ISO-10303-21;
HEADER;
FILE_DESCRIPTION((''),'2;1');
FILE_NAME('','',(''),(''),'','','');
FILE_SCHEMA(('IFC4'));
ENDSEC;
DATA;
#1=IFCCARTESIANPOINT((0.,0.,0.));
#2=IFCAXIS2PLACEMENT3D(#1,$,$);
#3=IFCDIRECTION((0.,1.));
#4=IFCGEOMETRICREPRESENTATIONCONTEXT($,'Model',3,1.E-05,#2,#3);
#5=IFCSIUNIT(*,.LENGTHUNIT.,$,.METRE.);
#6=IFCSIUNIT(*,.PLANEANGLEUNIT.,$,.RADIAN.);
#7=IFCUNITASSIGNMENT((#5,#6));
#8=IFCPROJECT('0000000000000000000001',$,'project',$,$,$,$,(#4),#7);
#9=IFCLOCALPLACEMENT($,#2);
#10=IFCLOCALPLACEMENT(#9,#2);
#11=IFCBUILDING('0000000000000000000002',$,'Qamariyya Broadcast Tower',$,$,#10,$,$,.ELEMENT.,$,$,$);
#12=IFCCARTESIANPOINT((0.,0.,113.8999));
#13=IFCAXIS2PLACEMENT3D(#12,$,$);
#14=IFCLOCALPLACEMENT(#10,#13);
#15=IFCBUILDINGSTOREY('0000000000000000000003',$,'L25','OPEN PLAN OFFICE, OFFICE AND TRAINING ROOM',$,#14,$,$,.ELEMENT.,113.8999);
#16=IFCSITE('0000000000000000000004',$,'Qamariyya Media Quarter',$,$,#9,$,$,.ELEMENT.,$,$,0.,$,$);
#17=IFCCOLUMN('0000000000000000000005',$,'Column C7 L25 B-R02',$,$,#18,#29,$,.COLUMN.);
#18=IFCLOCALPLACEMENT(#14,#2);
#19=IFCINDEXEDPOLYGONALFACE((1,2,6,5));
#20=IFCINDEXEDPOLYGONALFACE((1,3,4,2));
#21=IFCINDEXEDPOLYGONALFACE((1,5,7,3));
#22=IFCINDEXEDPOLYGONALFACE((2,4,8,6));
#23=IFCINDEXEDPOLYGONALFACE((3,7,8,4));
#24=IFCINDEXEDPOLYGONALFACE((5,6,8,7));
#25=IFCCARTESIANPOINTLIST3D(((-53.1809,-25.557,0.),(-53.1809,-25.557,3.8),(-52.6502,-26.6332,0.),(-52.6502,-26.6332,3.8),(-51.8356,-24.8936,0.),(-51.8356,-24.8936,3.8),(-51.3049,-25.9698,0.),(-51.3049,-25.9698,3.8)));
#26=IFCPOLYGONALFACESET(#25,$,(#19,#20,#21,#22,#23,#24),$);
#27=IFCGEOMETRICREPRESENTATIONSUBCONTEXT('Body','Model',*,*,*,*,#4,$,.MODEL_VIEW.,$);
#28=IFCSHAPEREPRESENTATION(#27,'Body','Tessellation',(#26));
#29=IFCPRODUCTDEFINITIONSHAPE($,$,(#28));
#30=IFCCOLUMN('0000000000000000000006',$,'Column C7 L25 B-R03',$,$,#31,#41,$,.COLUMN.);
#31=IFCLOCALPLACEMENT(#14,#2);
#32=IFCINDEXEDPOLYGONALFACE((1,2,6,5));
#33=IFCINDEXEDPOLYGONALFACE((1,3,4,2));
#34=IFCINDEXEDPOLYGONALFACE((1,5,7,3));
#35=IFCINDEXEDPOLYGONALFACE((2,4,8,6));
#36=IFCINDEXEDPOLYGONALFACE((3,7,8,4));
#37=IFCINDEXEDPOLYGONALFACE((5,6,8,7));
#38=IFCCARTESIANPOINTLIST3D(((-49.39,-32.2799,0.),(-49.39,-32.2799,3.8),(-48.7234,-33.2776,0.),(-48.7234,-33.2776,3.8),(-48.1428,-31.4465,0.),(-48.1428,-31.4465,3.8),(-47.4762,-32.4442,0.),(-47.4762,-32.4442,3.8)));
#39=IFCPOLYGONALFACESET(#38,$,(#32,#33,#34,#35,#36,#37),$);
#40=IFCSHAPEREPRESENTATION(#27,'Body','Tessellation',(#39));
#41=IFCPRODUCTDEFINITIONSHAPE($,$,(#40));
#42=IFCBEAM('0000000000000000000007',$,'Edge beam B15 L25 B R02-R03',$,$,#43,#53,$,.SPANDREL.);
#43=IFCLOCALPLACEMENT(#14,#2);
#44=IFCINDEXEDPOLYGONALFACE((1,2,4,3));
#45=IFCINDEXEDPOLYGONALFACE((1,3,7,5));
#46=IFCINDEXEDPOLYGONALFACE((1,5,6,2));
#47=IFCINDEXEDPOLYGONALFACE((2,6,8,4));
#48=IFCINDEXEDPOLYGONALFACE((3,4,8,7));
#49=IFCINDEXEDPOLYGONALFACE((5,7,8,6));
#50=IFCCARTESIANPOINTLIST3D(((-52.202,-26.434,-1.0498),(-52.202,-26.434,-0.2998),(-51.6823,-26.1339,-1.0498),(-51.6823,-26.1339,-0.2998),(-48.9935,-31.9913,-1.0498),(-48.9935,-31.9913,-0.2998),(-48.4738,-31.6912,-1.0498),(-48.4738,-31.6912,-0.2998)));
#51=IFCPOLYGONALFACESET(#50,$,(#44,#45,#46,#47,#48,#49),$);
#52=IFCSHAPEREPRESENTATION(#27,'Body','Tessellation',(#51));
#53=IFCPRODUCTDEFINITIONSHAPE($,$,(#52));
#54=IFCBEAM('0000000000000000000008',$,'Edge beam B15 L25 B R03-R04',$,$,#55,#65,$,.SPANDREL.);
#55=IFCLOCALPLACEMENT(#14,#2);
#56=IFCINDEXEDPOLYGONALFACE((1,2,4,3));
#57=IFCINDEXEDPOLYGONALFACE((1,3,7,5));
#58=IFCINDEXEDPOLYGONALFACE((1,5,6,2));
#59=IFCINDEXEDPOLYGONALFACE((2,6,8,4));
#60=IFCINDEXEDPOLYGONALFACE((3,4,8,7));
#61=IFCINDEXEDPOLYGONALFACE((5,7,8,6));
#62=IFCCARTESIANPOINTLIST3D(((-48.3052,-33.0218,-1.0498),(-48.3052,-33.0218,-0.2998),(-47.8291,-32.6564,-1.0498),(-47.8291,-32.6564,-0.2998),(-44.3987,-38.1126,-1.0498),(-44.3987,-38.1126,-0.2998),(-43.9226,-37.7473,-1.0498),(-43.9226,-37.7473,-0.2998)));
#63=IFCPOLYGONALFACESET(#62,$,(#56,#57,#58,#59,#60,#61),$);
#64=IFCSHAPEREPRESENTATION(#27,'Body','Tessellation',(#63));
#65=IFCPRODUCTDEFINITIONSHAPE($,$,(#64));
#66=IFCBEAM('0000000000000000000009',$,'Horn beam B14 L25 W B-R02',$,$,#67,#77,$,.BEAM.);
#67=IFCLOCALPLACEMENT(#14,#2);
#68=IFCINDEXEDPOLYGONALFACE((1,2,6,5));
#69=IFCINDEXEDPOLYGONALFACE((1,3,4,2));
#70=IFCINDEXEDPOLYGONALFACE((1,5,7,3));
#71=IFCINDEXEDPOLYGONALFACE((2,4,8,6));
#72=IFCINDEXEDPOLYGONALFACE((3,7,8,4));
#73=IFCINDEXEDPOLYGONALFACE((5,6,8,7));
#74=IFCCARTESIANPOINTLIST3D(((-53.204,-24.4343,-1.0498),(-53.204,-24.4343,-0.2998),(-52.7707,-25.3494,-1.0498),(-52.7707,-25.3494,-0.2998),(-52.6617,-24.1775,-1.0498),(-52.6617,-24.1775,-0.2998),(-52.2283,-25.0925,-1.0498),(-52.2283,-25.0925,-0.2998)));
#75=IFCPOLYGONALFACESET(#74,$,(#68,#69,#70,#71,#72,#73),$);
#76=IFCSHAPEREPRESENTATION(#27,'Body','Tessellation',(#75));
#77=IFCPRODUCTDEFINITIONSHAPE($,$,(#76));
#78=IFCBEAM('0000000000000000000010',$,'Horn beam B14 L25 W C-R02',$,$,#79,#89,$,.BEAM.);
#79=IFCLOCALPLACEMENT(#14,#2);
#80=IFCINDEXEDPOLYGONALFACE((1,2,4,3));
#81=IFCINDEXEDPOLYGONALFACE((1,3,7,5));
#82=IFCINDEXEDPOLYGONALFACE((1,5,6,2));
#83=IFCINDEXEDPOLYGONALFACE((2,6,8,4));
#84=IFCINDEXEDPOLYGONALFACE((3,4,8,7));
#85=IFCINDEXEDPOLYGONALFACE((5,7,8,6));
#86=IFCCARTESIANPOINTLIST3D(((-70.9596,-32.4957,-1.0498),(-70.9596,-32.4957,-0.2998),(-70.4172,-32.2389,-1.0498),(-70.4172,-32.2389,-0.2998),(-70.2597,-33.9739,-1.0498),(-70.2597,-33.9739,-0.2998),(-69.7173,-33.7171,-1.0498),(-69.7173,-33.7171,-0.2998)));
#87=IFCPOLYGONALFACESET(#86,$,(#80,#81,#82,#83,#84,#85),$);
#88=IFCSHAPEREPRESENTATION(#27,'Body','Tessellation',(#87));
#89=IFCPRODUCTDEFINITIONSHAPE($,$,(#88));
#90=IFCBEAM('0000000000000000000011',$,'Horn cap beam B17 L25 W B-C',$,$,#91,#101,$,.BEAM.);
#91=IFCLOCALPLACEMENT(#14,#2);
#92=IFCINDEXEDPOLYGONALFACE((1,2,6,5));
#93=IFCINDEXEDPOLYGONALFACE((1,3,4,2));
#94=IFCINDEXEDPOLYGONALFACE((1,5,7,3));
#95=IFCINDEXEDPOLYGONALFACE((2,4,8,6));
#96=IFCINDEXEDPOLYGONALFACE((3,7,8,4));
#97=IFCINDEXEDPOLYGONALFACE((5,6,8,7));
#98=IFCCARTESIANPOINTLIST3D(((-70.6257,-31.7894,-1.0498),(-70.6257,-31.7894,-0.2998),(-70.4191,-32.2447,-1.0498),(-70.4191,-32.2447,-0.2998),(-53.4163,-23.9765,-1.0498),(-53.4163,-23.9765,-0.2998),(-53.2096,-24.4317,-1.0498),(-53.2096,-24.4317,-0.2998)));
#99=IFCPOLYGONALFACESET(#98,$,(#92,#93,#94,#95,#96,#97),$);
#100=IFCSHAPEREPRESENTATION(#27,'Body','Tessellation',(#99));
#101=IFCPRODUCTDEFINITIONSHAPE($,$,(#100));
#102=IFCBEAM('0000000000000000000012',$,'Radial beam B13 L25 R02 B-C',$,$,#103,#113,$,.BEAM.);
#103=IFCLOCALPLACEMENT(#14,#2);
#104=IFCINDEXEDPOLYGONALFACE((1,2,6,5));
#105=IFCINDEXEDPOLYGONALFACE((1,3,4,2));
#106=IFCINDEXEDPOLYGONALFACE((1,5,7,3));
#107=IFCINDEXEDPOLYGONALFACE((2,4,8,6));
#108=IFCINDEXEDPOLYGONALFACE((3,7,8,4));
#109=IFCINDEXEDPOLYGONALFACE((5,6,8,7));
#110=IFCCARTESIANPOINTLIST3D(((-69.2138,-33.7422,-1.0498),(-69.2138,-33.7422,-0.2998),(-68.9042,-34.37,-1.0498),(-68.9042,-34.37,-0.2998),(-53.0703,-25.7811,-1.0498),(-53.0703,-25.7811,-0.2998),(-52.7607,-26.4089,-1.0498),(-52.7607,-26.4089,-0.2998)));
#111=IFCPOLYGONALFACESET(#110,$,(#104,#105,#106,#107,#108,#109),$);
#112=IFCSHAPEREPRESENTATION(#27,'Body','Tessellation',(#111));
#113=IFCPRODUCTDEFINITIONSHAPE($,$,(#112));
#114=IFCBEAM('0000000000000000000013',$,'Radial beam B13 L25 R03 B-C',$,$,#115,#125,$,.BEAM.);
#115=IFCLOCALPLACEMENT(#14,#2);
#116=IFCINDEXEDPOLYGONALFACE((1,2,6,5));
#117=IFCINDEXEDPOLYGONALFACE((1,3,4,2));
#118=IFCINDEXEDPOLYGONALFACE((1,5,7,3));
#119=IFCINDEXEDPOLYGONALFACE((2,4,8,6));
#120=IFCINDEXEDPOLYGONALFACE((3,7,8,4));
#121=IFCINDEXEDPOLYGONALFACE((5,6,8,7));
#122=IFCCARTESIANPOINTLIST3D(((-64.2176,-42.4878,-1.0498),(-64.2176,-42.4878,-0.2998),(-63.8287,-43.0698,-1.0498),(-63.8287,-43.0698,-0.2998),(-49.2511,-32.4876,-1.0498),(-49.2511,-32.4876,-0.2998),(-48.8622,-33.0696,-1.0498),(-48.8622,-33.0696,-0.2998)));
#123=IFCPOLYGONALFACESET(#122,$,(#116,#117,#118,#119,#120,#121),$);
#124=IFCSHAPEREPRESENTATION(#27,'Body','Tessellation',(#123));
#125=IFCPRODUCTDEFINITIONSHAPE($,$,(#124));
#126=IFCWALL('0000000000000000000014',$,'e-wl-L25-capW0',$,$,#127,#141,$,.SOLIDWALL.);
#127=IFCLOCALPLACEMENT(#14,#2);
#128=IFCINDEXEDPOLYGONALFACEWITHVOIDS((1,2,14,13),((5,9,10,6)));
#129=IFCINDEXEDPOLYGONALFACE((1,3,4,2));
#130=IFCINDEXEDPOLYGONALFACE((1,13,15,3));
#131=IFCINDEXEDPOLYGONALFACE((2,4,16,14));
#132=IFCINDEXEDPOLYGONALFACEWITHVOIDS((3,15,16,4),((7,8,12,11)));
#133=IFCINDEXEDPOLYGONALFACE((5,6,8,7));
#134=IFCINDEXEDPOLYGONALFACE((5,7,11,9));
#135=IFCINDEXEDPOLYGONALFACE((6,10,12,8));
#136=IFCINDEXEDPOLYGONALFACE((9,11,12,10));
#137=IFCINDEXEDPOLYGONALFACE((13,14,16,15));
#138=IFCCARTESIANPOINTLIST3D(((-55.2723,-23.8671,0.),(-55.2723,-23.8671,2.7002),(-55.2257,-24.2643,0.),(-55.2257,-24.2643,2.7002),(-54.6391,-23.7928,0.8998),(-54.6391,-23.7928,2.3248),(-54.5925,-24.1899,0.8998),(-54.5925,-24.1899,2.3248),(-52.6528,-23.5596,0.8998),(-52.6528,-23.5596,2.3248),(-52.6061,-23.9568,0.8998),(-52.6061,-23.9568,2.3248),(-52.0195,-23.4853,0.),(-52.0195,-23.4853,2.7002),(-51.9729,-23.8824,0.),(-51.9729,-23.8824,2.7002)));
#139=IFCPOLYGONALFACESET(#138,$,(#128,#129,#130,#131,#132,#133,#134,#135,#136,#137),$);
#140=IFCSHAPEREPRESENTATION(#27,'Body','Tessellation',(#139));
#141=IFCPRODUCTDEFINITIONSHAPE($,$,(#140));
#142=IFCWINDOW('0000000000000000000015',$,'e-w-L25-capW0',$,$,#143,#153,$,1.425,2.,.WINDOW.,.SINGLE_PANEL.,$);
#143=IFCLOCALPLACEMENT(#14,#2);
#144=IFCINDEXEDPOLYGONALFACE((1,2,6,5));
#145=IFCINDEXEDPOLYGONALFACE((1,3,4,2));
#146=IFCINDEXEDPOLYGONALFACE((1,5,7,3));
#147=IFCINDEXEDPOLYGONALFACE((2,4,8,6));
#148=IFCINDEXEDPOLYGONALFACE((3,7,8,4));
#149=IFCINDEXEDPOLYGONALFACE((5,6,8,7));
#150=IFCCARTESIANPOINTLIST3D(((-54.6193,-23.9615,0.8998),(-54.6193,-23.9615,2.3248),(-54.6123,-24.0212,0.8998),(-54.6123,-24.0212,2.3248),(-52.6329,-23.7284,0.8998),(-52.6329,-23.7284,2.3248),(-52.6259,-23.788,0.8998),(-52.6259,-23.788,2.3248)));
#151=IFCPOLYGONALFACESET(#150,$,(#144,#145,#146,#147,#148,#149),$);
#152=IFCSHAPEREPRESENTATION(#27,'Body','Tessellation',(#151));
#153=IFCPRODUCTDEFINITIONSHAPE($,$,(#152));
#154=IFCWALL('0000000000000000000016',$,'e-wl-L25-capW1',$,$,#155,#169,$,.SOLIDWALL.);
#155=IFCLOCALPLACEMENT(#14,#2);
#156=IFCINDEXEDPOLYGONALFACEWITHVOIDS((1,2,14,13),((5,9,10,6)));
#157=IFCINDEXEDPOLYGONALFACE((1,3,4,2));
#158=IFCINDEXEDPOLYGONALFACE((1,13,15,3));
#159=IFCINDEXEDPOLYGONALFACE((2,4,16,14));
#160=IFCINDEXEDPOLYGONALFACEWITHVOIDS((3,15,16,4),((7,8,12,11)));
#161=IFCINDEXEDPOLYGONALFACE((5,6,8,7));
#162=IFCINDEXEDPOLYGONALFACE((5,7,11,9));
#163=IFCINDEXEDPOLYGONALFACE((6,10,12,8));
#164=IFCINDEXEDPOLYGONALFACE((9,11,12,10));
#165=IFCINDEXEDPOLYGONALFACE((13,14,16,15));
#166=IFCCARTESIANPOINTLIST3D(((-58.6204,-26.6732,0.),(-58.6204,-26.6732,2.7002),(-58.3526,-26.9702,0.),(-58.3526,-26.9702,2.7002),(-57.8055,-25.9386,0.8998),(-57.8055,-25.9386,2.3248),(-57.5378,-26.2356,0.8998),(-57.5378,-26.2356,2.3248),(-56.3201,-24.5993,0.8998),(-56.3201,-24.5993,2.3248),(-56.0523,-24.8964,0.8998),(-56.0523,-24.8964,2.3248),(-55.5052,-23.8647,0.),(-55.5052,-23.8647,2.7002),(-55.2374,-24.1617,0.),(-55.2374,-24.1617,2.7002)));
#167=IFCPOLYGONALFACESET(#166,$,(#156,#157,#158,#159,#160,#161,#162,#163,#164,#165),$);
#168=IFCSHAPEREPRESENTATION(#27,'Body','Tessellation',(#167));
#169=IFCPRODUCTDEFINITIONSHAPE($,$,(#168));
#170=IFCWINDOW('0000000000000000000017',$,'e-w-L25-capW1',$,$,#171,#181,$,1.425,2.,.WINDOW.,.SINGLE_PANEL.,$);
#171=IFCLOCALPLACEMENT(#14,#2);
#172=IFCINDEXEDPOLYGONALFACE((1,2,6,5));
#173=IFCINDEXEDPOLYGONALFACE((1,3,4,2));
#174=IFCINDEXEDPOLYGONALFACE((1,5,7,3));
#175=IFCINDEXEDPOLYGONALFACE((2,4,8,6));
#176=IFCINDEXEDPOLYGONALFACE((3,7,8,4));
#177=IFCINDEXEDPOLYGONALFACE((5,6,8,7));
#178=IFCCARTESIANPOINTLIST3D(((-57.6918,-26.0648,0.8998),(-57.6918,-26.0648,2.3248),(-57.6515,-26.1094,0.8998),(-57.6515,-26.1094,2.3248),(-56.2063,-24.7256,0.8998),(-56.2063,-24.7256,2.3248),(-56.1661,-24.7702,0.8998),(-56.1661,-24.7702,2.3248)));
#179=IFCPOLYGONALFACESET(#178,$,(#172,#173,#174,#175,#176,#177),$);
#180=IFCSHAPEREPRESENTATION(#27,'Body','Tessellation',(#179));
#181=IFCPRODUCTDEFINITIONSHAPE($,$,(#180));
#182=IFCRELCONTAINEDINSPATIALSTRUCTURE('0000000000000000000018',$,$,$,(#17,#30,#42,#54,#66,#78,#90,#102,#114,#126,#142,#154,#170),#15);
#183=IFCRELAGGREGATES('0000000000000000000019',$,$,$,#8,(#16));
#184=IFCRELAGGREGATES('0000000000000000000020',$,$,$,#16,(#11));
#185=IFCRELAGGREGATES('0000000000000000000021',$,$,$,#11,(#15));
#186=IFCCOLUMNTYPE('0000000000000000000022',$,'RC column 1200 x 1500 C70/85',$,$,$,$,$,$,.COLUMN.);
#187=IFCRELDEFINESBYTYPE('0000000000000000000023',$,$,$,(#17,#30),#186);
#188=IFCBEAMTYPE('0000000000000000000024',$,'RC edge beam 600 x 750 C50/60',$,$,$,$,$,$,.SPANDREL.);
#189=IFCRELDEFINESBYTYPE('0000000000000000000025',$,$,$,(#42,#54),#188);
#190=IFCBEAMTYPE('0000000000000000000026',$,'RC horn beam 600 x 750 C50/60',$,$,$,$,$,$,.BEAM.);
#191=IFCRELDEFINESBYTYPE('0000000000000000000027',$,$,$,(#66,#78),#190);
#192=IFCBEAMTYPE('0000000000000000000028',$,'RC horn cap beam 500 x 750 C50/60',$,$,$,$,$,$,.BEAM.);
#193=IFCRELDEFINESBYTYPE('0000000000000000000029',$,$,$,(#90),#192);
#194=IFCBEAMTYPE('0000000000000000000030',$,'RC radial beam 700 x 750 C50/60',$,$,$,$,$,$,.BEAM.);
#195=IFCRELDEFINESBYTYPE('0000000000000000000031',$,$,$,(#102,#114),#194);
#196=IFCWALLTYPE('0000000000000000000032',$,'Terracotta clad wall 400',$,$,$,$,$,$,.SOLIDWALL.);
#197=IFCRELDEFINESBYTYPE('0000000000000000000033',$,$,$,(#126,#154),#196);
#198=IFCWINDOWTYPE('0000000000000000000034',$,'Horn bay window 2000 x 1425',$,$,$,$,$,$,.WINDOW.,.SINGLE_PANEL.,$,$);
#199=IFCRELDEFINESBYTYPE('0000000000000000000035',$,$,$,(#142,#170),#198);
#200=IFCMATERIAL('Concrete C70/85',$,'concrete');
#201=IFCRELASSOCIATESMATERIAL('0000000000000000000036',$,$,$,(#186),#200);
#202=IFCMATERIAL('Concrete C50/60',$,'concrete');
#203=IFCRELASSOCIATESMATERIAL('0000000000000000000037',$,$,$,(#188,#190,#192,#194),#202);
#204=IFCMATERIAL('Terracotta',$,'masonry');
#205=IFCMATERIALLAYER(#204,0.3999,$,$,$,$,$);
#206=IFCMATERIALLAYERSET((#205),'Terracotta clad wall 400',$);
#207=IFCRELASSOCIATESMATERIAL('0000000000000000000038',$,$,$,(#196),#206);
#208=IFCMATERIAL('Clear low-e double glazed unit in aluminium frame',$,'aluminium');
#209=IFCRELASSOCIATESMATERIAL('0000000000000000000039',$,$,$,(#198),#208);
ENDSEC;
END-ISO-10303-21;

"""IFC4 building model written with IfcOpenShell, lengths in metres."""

from ifc_helpers import new_model, si_unit, direction, frame, frame_2d, origin, origin_2d, place, context, subcontext, project, spatial, rectangle, extrude, material, layer, layer_set, material_profile, profile_set, type_object, element, fill, save


model = new_model("IFC4")

# Units and contexts
model_context = context("Model", 3, precision=1e-05, world=origin(), true_north=direction((0.0, 1.0)))
body_context = subcontext(model_context, "Body", "Model", "MODEL_VIEW")
ifc_project = project(units=[si_unit("LENGTHUNIT", "METRE"), si_unit("PLANEANGLEUNIT", "RADIAN")], contexts=[model_context])

# Site, building, storey
site_placement = place(None, origin())
site = spatial("IfcSite", under=ifc_project, at=site_placement, Name="Qamariyya Media Quarter", CompositionType="ELEMENT", RefElevation=0.0)
building_placement = place(site_placement, origin())
building = spatial("IfcBuilding", under=site, at=building_placement, Name="Qamariyya Broadcast Tower", CompositionType="ELEMENT")
storey_placement = place(building_placement, frame((0.0, 0.0, 113.8999)))
storey = spatial("IfcBuildingStorey", under=building, at=storey_placement, Name="L25", Description="OPEN PLAN OFFICE, OFFICE AND TRAINING ROOM", CompositionType="ELEMENT", Elevation=113.8999)

# Columns
ifc_material_1 = material(Name="Concrete C70/85", Category="concrete")
ifc_material_profile_1 = material_profile(ifc_material_1, rectangle(XDim=1.2, YDim=1.5, at=origin_2d()))
ifc_profile_set_1 = profile_set([ifc_material_profile_1], Name="Concrete C70/85")
column_type = type_object("IfcColumnType", Name="RC column 1200 x 1500 C70/85", PredefinedType="COLUMN", material=ifc_profile_set_1)
for number, where, z_axis, x_axis, name in (
    (1, (-52.2429, -25.7634, 0.0), (0.0, 0.0, 1.0), (0.442289, -0.896873, 0.0), "Column C7 L25 B-R02"),
    (2, (-48.4331, -32.3621, 0.0), (0.0, 0.0, 1.0), (0.55557, -0.83147, 0.0), "Column C7 L25 B-R03"),
):
    element("IfcColumn", number, at=place(storey_placement, frame(where, z_axis=z_axis, x_axis=x_axis)), inside=storey, type_object=column_type, Name=name, PredefinedType="COLUMN", context=body_context, shape_type="SweptSolid", body=[
        extrude(rectangle(XDim=1.2, YDim=1.5, at=origin_2d()), origin(), (0.0, 0.0, 1.0), 3.8),
    ])

# Beams
ifc_material_2 = material(Name="Concrete C50/60", Category="concrete")
ifc_material_profile_2 = material_profile(ifc_material_2, rectangle(XDim=0.6001, YDim=0.75, at=origin_2d()))
ifc_profile_set_2 = profile_set([ifc_material_profile_2], Name="Concrete C50/60")
beam_type_1 = type_object("IfcBeamType", Name="RC edge beam 600 x 750 C50/60", PredefinedType="SPANDREL", material=ifc_profile_set_2)
for number, where, z_axis, x_axis, name in (
    (3, (-51.9421, -26.2839, -0.6748), (0.499994, -0.866029, 0.0), (0.866029, 0.499994, 0.0), "Edge beam B15 L25 B R02-R03"),
    (4, (-48.0671, -32.8391, -0.6748), (0.608778, -0.793341, 0.0), (0.793341, 0.608778, 0.0), "Edge beam B15 L25 B R03-R04"),
):
    element("IfcBeam", number, at=place(storey_placement, frame(where, z_axis=z_axis, x_axis=x_axis)), inside=storey, type_object=beam_type_1, Name=name, PredefinedType="SPANDREL", context=body_context, shape_type="SweptSolid", body=[
        extrude(rectangle(XDim=0.6001, YDim=0.75, at=origin_2d()), origin(), (0.0, 0.0, 1.0), 6.417),
    ])
ifc_material_profile_3 = material_profile(ifc_material_2, rectangle(XDim=0.6001, YDim=0.75, at=origin_2d()))
ifc_profile_set_3 = profile_set([ifc_material_profile_3], Name="Concrete C50/60")
beam_type_2 = type_object("IfcBeamType", Name="RC horn beam 600 x 750 C50/60", PredefinedType="BEAM", material=ifc_profile_set_3)
beam_1_placement = place(storey_placement, frame((-52.4995, -25.2209, -0.6748), z_axis=(-0.428014, 0.903772, 0.0), x_axis=(-0.903772, -0.428014, 0.0)))
element("IfcBeam", 5, at=beam_1_placement, inside=storey, type_object=beam_type_2, Name="Horn beam B14 L25 W B-R02", PredefinedType="BEAM", context=body_context, shape_type="SweptSolid", body=[
    extrude(rectangle(XDim=0.6001, YDim=0.75, at=origin_2d()), origin(), (0.0, 0.0, 1.0), 1.0125),
])
beam_2_placement = place(storey_placement, frame((-69.9885, -33.8455, -0.6748), z_axis=(-0.427945, 0.903805, 0.0), x_axis=(-0.903805, -0.427945, 0.0)))
element("IfcBeam", 6, at=beam_2_placement, inside=storey, type_object=beam_type_2, Name="Horn beam B14 L25 W C-R02", PredefinedType="BEAM", context=body_context, shape_type="SweptSolid", body=[
    extrude(rectangle(XDim=0.6001, YDim=0.75, at=origin_2d()), origin(), (0.0, 0.0, 1.0), 1.6355),
])
ifc_material_profile_4 = material_profile(ifc_material_2, rectangle(XDim=0.5, YDim=0.75, at=origin_2d()))
ifc_profile_set_4 = profile_set([ifc_material_profile_4], Name="Concrete C50/60")
beam_type_3 = type_object("IfcBeamType", Name="RC horn cap beam 500 x 750 C50/60", PredefinedType="BEAM", material=ifc_profile_set_4)
beam_3_placement = place(storey_placement, frame((-53.313, -24.2041, -0.6748), z_axis=(-0.910556, -0.413386, 0.0), x_axis=(0.413386, -0.910556, 0.0)))
element("IfcBeam", 7, at=beam_3_placement, inside=storey, type_object=beam_type_3, Name="Horn cap beam B17 L25 W B-C", PredefinedType="BEAM", context=body_context, shape_type="SweptSolid", body=[
    extrude(rectangle(XDim=0.5, YDim=0.75, at=origin_2d()), origin(), (0.0, 0.0, 1.0), 18.8999),
])
ifc_material_profile_5 = material_profile(ifc_material_2, rectangle(XDim=0.7, YDim=0.75, at=origin_2d()))
ifc_profile_set_5 = profile_set([ifc_material_profile_5], Name="Concrete C50/60")
beam_type_4 = type_object("IfcBeamType", Name="RC radial beam 700 x 750 C50/60", PredefinedType="BEAM", material=ifc_profile_set_5)
beam_4_placement = place(storey_placement, frame((-52.9155, -26.095, -0.6748), z_axis=(-0.896871, -0.442291, 0.0), x_axis=(0.442291, -0.896871, 0.0)))
element("IfcBeam", 8, at=beam_4_placement, inside=storey, type_object=beam_type_4, Name="Radial beam B13 L25 R02 B-C", PredefinedType="BEAM", context=body_context, shape_type="SweptSolid", body=[
    extrude(rectangle(XDim=0.7, YDim=0.75, at=origin_2d()), origin(), (0.0, 0.0, 1.0), 17.9998),
])
beam_5_placement = place(storey_placement, frame((-49.0566, -32.7786, -0.6748), z_axis=(-0.831472, -0.555567, 0.0), x_axis=(0.555567, -0.831472, 0.0)))
element("IfcBeam", 9, at=beam_5_placement, inside=storey, type_object=beam_type_4, Name="Radial beam B13 L25 R03 B-C", PredefinedType="BEAM", context=body_context, shape_type="SweptSolid", body=[
    extrude(rectangle(XDim=0.7, YDim=0.75, at=origin_2d()), origin(), (0.0, 0.0, 1.0), 18.0),
])

# Walls, openings, windows
ifc_material_3 = material(Name="Terracotta", Category="masonry")
ifc_layer = layer(ifc_material_3, 0.3999)
ifc_layer_set = layer_set([ifc_layer], Name="Terracotta clad wall 400")
wall_type = type_object("IfcWallType", Name="Terracotta clad wall 400", PredefinedType="SOLIDWALL", material=ifc_layer_set)
wall_1_placement = place(storey_placement, frame((-51.9961, -23.6838, 0.0), z_axis=(0.0, 0.0, 1.0), x_axis=(-0.993181, -0.116582, 0.0)))
wall_1 = element("IfcWall", 10, at=wall_1_placement, inside=storey, type_object=wall_type, Name="e-wl-L25-capW0", PredefinedType="SOLIDWALL", context=body_context, shape_type="SweptSolid", body=[
    extrude(rectangle(XDim=3.2751, YDim=0.3999, at=frame_2d((1.6377, 0.0))), origin(), (0.0, 0.0, 1.0), 2.7002),
])
opening_1_placement = place(wall_1_placement, frame((0.6377, 0.0, 0.8999)))
opening_1 = element("IfcOpeningElement", 11, at=opening_1_placement, cuts=wall_1, PredefinedType="OPENING", context=body_context, shape_type="SweptSolid", body=[
    extrude(rectangle(XDim=2.0, YDim=1.425, at=frame_2d((1.0, 0.7124))), frame((0.0, 0.21, 0.0), z_axis=(0.0, -1.0, 0.0), x_axis=(1.0, 0.0, 0.0)), (0.0, 0.0, 1.0), 0.4199),
])
ifc_material_4 = material(Name="Clear low-e double glazed unit in aluminium frame", Category="aluminium")
window_type_1 = type_object("IfcWindowType", Name="Horn bay window 2000 x 1425", PartitioningType="SINGLE_PANEL", PredefinedType="WINDOW", material=ifc_material_4)
window_1_placement = place(opening_1_placement, origin())
window_1 = element("IfcWindow", 12, at=window_1_placement, inside=storey, type_object=window_type_1, Name="e-w-L25-capW0", OverallHeight=1.425, OverallWidth=2.0, PartitioningType="SINGLE_PANEL", PredefinedType="WINDOW", context=body_context, shape_type="SweptSolid", body=[
    extrude(rectangle(XDim=2.0, YDim=1.425, at=frame_2d((1.0, 0.7124))), frame((0.0, 0.03, 0.0), z_axis=(0.0, -1.0, 0.0), x_axis=(1.0, 0.0, 0.0)), (0.0, 0.0, 1.0), 0.0601),
])
fill(opening_1, window_1)
wall_2_placement = place(storey_placement, frame((-55.3713, -24.0132, 0.0), z_axis=(0.0, 0.0, 1.0), x_axis=(-0.742715, -0.669608, 0.0)))
wall_2 = element("IfcWall", 13, at=wall_2_placement, inside=storey, type_object=wall_type, Name="e-wl-L25-capW1", PredefinedType="SOLIDWALL", context=body_context, shape_type="SweptSolid", body=[
    extrude(rectangle(XDim=4.1943, YDim=0.3999, at=frame_2d((2.0972, 0.0))), origin(), (0.0, 0.0, 1.0), 2.7002),
])
opening_2_placement = place(wall_2_placement, frame((1.0972, 0.0, 0.8999)))
opening_2 = element("IfcOpeningElement", 14, at=opening_2_placement, cuts=wall_2, PredefinedType="OPENING", context=body_context, shape_type="SweptSolid", body=[
    extrude(rectangle(XDim=2.0, YDim=1.425, at=frame_2d((1.0, 0.7124))), frame((0.0, 0.21, 0.0), z_axis=(0.0, -1.0, 0.0), x_axis=(1.0, 0.0, 0.0)), (0.0, 0.0, 1.0), 0.4199),
])
window_2_placement = place(opening_2_placement, origin())
window_2 = element("IfcWindow", 15, at=window_2_placement, inside=storey, type_object=window_type_1, Name="e-w-L25-capW1", OverallHeight=1.425, OverallWidth=2.0, PartitioningType="SINGLE_PANEL", PredefinedType="WINDOW", context=body_context, shape_type="SweptSolid", body=[
    extrude(rectangle(XDim=2.0, YDim=1.425, at=frame_2d((1.0, 0.7124))), frame((0.0, 0.03, 0.0), z_axis=(0.0, -1.0, 0.0), x_axis=(1.0, 0.0, 0.0)), (0.0, 0.0, 1.0), 0.0601),
])
fill(opening_2, window_2)

save(model, "model.ifc")
